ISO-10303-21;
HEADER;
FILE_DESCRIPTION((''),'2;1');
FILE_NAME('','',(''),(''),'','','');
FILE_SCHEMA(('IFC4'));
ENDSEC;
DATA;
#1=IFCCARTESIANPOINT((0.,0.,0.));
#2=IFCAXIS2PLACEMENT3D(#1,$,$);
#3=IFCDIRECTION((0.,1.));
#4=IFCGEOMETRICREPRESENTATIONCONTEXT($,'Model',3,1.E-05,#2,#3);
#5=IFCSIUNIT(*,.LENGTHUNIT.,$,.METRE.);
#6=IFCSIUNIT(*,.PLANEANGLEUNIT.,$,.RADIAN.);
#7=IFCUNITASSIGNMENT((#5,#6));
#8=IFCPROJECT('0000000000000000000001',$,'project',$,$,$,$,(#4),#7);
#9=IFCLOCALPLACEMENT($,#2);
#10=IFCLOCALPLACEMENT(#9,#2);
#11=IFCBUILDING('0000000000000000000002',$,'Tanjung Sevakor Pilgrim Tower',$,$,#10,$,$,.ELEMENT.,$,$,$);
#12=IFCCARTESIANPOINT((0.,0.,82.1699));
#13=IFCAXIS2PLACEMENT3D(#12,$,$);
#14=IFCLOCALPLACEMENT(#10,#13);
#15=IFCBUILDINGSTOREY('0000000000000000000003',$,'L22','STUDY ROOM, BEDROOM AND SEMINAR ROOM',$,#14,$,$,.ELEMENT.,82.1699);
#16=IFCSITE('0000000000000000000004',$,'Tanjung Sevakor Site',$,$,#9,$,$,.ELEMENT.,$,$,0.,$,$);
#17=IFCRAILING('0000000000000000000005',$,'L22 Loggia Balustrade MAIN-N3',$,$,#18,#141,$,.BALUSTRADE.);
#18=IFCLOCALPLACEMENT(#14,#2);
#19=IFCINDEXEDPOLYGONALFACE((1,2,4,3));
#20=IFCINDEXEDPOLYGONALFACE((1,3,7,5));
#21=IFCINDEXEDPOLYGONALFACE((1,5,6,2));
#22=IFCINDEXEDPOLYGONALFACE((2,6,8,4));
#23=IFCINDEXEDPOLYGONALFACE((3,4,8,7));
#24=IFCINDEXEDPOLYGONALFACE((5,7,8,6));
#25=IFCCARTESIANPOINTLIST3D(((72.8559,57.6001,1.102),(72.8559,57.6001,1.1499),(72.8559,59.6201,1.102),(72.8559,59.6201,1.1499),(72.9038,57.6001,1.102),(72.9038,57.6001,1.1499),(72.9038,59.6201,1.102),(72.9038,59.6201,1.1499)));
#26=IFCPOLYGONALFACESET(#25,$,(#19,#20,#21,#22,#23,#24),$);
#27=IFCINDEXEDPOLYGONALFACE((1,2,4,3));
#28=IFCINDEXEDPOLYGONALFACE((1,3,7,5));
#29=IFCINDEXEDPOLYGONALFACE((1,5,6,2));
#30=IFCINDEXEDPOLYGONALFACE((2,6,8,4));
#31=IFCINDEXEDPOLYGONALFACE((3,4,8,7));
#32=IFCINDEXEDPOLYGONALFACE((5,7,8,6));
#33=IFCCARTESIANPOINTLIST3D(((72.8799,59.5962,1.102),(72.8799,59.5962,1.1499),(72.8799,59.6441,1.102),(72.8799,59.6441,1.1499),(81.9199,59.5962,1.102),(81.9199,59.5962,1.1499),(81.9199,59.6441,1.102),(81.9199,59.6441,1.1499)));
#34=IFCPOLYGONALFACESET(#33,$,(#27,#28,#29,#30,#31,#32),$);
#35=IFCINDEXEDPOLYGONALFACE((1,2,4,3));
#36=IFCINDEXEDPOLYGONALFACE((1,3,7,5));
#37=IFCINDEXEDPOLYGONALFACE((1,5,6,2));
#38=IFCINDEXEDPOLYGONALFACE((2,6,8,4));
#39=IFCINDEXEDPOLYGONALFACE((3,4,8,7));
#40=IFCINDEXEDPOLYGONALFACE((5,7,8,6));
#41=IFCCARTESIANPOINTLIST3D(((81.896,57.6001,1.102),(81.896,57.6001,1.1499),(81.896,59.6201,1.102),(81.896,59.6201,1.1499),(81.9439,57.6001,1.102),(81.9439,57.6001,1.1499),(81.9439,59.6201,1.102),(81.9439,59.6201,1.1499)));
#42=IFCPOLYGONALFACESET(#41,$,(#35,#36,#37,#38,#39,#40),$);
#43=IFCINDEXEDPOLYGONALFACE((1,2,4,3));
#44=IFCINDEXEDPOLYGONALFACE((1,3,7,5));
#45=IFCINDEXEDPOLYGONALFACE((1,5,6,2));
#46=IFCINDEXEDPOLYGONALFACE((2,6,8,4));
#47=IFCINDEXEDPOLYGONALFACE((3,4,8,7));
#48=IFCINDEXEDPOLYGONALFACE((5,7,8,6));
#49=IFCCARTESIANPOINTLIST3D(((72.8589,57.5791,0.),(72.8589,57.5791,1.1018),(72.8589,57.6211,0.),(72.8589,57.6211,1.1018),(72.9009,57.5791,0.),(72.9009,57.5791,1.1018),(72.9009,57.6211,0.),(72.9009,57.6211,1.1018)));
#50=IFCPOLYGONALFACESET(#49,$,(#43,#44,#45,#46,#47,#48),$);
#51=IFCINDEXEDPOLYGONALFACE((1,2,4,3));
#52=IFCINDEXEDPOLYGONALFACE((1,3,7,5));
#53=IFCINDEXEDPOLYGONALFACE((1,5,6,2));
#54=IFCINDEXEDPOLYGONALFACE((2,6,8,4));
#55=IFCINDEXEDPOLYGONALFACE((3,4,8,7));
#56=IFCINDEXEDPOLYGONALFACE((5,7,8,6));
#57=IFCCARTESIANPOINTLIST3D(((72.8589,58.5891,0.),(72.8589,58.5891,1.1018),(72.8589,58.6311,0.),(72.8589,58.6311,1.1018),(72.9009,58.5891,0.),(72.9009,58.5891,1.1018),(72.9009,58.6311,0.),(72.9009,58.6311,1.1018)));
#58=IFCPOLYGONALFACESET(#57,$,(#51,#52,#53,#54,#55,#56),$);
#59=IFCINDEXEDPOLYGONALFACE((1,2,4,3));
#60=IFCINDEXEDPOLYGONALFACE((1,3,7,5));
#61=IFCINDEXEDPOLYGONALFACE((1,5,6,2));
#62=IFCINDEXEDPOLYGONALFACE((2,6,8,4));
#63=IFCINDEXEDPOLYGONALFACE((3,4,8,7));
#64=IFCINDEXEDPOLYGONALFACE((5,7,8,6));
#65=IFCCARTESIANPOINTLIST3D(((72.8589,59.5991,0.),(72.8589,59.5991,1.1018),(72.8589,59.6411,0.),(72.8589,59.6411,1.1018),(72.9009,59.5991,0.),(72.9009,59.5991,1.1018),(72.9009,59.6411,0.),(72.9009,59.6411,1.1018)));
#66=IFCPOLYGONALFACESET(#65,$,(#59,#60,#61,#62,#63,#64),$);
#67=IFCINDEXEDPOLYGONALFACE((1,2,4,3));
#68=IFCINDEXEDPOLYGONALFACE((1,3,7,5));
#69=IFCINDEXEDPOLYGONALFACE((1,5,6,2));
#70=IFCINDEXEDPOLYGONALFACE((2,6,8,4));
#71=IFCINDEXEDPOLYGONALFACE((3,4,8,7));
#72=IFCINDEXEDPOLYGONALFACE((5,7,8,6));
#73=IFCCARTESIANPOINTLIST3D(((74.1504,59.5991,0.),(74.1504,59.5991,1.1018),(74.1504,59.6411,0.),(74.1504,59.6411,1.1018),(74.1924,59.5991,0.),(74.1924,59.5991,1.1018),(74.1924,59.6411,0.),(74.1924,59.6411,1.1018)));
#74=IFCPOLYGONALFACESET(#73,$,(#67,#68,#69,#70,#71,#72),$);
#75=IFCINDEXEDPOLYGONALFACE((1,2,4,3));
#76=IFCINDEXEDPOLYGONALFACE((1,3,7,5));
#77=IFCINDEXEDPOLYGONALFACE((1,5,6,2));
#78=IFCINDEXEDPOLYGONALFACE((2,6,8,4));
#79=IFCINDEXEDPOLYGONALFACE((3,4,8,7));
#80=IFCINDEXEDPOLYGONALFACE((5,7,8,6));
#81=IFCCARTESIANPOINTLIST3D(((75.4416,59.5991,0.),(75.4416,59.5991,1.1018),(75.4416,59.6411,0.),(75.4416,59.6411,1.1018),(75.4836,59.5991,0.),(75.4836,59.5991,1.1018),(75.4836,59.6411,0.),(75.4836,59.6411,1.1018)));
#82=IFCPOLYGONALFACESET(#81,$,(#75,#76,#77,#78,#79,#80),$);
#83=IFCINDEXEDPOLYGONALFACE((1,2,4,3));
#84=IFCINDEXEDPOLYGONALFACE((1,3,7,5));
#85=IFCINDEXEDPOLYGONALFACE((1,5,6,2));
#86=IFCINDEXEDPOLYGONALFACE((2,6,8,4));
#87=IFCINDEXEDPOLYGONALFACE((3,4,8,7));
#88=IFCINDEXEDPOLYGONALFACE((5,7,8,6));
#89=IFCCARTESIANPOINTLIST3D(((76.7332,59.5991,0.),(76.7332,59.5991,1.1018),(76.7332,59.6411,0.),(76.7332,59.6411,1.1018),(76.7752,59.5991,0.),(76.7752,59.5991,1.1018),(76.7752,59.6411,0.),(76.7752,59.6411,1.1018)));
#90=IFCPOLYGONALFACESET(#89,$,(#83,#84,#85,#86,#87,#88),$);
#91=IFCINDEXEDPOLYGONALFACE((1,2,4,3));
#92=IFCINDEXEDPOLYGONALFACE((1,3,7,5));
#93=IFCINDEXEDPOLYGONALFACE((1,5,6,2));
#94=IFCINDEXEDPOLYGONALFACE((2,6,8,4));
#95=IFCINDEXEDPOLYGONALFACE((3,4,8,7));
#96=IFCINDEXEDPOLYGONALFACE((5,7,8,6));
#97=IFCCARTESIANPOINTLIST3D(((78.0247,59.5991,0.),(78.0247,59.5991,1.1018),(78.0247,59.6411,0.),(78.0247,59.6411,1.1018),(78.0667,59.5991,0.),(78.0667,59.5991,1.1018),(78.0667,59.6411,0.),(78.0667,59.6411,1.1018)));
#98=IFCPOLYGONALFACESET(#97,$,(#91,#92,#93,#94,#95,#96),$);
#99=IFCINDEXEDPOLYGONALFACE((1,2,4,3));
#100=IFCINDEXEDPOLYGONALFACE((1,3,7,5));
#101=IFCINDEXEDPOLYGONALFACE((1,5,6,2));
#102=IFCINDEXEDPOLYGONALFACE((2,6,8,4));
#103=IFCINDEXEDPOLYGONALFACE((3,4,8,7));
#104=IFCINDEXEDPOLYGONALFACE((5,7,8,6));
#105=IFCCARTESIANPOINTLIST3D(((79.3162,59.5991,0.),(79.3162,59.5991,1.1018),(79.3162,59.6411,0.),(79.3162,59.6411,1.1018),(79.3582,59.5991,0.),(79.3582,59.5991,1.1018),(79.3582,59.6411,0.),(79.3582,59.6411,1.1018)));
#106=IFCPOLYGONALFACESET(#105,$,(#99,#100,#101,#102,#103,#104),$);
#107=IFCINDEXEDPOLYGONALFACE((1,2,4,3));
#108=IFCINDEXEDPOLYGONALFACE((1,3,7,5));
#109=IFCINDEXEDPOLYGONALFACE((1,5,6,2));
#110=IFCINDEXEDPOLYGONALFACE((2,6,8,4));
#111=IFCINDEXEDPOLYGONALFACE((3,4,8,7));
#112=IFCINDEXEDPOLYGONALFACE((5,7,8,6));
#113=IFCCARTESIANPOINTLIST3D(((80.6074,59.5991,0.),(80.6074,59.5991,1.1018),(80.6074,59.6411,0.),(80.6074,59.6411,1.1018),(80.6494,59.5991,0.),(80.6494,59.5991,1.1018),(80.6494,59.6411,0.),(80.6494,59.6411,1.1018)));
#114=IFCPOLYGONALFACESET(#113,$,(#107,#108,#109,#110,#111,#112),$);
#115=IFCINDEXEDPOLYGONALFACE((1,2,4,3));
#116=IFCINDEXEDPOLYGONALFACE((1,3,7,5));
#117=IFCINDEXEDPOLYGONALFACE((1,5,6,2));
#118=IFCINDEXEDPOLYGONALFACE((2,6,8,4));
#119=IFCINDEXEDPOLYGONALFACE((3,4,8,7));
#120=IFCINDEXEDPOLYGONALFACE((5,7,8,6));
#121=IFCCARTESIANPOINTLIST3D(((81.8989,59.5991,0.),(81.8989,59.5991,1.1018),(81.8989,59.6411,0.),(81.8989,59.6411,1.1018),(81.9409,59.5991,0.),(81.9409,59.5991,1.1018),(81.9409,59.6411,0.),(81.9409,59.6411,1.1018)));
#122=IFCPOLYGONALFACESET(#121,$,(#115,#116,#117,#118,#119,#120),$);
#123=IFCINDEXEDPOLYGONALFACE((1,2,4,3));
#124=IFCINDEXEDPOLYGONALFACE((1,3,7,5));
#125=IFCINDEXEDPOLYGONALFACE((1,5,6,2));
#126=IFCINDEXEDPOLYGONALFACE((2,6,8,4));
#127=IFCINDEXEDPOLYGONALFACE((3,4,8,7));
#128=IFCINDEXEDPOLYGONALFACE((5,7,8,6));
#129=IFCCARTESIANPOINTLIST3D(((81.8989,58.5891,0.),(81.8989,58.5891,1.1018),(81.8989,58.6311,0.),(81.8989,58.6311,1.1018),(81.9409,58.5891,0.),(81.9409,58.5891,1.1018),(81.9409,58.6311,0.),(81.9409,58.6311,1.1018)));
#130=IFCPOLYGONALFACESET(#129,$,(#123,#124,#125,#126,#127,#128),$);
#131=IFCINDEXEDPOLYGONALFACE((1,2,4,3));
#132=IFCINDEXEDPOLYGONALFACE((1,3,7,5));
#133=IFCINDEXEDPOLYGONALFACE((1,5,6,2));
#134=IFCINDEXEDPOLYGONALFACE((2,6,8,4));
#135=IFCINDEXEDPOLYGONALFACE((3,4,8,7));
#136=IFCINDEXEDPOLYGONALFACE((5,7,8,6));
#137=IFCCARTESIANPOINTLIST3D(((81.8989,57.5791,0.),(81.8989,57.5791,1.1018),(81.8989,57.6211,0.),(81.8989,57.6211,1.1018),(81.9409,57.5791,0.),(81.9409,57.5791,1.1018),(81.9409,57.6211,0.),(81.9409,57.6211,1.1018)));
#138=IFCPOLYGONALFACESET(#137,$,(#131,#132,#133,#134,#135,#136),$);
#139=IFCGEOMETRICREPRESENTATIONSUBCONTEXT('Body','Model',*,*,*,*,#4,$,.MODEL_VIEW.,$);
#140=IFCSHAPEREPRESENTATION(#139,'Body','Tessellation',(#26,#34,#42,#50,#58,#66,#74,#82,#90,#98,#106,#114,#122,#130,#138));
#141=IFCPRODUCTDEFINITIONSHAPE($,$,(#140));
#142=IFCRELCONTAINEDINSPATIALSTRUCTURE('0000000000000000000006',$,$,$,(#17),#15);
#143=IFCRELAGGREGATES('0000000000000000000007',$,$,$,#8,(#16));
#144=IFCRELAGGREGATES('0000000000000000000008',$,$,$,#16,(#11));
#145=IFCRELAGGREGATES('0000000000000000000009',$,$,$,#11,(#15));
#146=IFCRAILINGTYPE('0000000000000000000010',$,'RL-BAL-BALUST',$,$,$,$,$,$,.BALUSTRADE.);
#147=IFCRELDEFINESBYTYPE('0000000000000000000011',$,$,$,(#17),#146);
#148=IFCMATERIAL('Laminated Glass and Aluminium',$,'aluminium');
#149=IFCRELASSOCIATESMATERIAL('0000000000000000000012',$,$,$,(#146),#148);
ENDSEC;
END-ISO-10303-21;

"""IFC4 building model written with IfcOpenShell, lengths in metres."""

from ifc_helpers import new_model, si_unit, direction, frame, origin, place, context, subcontext, project, spatial, rectangle, extrude, material, type_object, element, save


model = new_model("IFC4")

# Units and contexts
model_context = context("Model", 3, precision=1e-05, world=origin(), true_north=direction((0.0, 1.0)))
body_context = subcontext(model_context, "Body", "Model", "MODEL_VIEW")
ifc_project = project(units=[si_unit("LENGTHUNIT", "METRE"), si_unit("PLANEANGLEUNIT", "RADIAN")], contexts=[model_context])

# Site, building, storey
site_placement = place(None, origin())
site = spatial("IfcSite", under=ifc_project, at=site_placement, Name="Tanjung Sevakor Site", CompositionType="ELEMENT", RefElevation=0.0)
building_placement = place(site_placement, origin())
building = spatial("IfcBuilding", under=site, at=building_placement, Name="Tanjung Sevakor Pilgrim Tower", CompositionType="ELEMENT")
storey_placement = place(building_placement, frame((0.0, 0.0, 82.1699)))
storey = spatial("IfcBuildingStorey", under=building, at=storey_placement, Name="L22", Description="STUDY ROOM, BEDROOM AND SEMINAR ROOM", CompositionType="ELEMENT", Elevation=82.1699)

# Railing
ifc_material_1 = material(Name="Laminated Glass and Aluminium", Category="aluminium")
railing_type = type_object("IfcRailingType", Name="RL-BAL-BALUST", PredefinedType="BALUSTRADE", material=ifc_material_1)
railing_1_placement = place(storey_placement, frame((72.8799, 57.6001, 0.0)))
element("IfcRailing", 1, at=railing_1_placement, inside=storey, type_object=railing_type, Name="L22 Loggia Balustrade MAIN-N3", PredefinedType="BALUSTRADE", context=body_context, shape_type="SweptSolid", body=[
    extrude(rectangle(XDim=0.0479, YDim=0.0479), frame((0.0, 0.0, 1.126), z_axis=(0.0, 1.0, 0.0), x_axis=(-1.0, 0.0, 0.0)), (0.0, 0.0, 1.0), 2.02),
    extrude(rectangle(XDim=0.0479, YDim=0.0479), frame((0.0, 2.02, 1.126), z_axis=(1.0, 0.0, 0.0), x_axis=(0.0, 1.0, 0.0)), (0.0, 0.0, 1.0), 9.04),
    extrude(rectangle(XDim=0.0479, YDim=0.0479), frame((9.04, 2.02, 1.126), z_axis=(0.0, -1.0, 0.0), x_axis=(1.0, 0.0, 0.0)), (0.0, 0.0, 1.0), 2.02),
    extrude(rectangle(XDim=0.042, YDim=0.042), origin(), (0.0, 0.0, 1.0), 1.1018),
    extrude(rectangle(XDim=0.042, YDim=0.042), frame((0.0, 1.01, 0.0)), (0.0, 0.0, 1.0), 1.1018),
    extrude(rectangle(XDim=0.042, YDim=0.042), frame((0.0, 2.02, 0.0)), (0.0, 0.0, 1.0), 1.1018),
    extrude(rectangle(XDim=0.042, YDim=0.042), frame((1.2915, 2.02, 0.0)), (0.0, 0.0, 1.0), 1.1018),
    extrude(rectangle(XDim=0.042, YDim=0.042), frame((2.5828, 2.02, 0.0)), (0.0, 0.0, 1.0), 1.1018),
    extrude(rectangle(XDim=0.042, YDim=0.042), frame((3.8743, 2.02, 0.0)), (0.0, 0.0, 1.0), 1.1018),
    extrude(rectangle(XDim=0.042, YDim=0.042), frame((5.1658, 2.02, 0.0)), (0.0, 0.0, 1.0), 1.1018),
    extrude(rectangle(XDim=0.042, YDim=0.042), frame((6.4573, 2.02, 0.0)), (0.0, 0.0, 1.0), 1.1018),
    extrude(rectangle(XDim=0.042, YDim=0.042), frame((7.7485, 2.02, 0.0)), (0.0, 0.0, 1.0), 1.1018),
    extrude(rectangle(XDim=0.042, YDim=0.042), frame((9.04, 2.02, 0.0)), (0.0, 0.0, 1.0), 1.1018),
    extrude(rectangle(XDim=0.042, YDim=0.042), frame((9.04, 1.01, 0.0)), (0.0, 0.0, 1.0), 1.1018),
    extrude(rectangle(XDim=0.042, YDim=0.042), frame((9.04, 0.0, 0.0)), (0.0, 0.0, 1.0), 1.1018),
])

save(model, "model.ifc")
